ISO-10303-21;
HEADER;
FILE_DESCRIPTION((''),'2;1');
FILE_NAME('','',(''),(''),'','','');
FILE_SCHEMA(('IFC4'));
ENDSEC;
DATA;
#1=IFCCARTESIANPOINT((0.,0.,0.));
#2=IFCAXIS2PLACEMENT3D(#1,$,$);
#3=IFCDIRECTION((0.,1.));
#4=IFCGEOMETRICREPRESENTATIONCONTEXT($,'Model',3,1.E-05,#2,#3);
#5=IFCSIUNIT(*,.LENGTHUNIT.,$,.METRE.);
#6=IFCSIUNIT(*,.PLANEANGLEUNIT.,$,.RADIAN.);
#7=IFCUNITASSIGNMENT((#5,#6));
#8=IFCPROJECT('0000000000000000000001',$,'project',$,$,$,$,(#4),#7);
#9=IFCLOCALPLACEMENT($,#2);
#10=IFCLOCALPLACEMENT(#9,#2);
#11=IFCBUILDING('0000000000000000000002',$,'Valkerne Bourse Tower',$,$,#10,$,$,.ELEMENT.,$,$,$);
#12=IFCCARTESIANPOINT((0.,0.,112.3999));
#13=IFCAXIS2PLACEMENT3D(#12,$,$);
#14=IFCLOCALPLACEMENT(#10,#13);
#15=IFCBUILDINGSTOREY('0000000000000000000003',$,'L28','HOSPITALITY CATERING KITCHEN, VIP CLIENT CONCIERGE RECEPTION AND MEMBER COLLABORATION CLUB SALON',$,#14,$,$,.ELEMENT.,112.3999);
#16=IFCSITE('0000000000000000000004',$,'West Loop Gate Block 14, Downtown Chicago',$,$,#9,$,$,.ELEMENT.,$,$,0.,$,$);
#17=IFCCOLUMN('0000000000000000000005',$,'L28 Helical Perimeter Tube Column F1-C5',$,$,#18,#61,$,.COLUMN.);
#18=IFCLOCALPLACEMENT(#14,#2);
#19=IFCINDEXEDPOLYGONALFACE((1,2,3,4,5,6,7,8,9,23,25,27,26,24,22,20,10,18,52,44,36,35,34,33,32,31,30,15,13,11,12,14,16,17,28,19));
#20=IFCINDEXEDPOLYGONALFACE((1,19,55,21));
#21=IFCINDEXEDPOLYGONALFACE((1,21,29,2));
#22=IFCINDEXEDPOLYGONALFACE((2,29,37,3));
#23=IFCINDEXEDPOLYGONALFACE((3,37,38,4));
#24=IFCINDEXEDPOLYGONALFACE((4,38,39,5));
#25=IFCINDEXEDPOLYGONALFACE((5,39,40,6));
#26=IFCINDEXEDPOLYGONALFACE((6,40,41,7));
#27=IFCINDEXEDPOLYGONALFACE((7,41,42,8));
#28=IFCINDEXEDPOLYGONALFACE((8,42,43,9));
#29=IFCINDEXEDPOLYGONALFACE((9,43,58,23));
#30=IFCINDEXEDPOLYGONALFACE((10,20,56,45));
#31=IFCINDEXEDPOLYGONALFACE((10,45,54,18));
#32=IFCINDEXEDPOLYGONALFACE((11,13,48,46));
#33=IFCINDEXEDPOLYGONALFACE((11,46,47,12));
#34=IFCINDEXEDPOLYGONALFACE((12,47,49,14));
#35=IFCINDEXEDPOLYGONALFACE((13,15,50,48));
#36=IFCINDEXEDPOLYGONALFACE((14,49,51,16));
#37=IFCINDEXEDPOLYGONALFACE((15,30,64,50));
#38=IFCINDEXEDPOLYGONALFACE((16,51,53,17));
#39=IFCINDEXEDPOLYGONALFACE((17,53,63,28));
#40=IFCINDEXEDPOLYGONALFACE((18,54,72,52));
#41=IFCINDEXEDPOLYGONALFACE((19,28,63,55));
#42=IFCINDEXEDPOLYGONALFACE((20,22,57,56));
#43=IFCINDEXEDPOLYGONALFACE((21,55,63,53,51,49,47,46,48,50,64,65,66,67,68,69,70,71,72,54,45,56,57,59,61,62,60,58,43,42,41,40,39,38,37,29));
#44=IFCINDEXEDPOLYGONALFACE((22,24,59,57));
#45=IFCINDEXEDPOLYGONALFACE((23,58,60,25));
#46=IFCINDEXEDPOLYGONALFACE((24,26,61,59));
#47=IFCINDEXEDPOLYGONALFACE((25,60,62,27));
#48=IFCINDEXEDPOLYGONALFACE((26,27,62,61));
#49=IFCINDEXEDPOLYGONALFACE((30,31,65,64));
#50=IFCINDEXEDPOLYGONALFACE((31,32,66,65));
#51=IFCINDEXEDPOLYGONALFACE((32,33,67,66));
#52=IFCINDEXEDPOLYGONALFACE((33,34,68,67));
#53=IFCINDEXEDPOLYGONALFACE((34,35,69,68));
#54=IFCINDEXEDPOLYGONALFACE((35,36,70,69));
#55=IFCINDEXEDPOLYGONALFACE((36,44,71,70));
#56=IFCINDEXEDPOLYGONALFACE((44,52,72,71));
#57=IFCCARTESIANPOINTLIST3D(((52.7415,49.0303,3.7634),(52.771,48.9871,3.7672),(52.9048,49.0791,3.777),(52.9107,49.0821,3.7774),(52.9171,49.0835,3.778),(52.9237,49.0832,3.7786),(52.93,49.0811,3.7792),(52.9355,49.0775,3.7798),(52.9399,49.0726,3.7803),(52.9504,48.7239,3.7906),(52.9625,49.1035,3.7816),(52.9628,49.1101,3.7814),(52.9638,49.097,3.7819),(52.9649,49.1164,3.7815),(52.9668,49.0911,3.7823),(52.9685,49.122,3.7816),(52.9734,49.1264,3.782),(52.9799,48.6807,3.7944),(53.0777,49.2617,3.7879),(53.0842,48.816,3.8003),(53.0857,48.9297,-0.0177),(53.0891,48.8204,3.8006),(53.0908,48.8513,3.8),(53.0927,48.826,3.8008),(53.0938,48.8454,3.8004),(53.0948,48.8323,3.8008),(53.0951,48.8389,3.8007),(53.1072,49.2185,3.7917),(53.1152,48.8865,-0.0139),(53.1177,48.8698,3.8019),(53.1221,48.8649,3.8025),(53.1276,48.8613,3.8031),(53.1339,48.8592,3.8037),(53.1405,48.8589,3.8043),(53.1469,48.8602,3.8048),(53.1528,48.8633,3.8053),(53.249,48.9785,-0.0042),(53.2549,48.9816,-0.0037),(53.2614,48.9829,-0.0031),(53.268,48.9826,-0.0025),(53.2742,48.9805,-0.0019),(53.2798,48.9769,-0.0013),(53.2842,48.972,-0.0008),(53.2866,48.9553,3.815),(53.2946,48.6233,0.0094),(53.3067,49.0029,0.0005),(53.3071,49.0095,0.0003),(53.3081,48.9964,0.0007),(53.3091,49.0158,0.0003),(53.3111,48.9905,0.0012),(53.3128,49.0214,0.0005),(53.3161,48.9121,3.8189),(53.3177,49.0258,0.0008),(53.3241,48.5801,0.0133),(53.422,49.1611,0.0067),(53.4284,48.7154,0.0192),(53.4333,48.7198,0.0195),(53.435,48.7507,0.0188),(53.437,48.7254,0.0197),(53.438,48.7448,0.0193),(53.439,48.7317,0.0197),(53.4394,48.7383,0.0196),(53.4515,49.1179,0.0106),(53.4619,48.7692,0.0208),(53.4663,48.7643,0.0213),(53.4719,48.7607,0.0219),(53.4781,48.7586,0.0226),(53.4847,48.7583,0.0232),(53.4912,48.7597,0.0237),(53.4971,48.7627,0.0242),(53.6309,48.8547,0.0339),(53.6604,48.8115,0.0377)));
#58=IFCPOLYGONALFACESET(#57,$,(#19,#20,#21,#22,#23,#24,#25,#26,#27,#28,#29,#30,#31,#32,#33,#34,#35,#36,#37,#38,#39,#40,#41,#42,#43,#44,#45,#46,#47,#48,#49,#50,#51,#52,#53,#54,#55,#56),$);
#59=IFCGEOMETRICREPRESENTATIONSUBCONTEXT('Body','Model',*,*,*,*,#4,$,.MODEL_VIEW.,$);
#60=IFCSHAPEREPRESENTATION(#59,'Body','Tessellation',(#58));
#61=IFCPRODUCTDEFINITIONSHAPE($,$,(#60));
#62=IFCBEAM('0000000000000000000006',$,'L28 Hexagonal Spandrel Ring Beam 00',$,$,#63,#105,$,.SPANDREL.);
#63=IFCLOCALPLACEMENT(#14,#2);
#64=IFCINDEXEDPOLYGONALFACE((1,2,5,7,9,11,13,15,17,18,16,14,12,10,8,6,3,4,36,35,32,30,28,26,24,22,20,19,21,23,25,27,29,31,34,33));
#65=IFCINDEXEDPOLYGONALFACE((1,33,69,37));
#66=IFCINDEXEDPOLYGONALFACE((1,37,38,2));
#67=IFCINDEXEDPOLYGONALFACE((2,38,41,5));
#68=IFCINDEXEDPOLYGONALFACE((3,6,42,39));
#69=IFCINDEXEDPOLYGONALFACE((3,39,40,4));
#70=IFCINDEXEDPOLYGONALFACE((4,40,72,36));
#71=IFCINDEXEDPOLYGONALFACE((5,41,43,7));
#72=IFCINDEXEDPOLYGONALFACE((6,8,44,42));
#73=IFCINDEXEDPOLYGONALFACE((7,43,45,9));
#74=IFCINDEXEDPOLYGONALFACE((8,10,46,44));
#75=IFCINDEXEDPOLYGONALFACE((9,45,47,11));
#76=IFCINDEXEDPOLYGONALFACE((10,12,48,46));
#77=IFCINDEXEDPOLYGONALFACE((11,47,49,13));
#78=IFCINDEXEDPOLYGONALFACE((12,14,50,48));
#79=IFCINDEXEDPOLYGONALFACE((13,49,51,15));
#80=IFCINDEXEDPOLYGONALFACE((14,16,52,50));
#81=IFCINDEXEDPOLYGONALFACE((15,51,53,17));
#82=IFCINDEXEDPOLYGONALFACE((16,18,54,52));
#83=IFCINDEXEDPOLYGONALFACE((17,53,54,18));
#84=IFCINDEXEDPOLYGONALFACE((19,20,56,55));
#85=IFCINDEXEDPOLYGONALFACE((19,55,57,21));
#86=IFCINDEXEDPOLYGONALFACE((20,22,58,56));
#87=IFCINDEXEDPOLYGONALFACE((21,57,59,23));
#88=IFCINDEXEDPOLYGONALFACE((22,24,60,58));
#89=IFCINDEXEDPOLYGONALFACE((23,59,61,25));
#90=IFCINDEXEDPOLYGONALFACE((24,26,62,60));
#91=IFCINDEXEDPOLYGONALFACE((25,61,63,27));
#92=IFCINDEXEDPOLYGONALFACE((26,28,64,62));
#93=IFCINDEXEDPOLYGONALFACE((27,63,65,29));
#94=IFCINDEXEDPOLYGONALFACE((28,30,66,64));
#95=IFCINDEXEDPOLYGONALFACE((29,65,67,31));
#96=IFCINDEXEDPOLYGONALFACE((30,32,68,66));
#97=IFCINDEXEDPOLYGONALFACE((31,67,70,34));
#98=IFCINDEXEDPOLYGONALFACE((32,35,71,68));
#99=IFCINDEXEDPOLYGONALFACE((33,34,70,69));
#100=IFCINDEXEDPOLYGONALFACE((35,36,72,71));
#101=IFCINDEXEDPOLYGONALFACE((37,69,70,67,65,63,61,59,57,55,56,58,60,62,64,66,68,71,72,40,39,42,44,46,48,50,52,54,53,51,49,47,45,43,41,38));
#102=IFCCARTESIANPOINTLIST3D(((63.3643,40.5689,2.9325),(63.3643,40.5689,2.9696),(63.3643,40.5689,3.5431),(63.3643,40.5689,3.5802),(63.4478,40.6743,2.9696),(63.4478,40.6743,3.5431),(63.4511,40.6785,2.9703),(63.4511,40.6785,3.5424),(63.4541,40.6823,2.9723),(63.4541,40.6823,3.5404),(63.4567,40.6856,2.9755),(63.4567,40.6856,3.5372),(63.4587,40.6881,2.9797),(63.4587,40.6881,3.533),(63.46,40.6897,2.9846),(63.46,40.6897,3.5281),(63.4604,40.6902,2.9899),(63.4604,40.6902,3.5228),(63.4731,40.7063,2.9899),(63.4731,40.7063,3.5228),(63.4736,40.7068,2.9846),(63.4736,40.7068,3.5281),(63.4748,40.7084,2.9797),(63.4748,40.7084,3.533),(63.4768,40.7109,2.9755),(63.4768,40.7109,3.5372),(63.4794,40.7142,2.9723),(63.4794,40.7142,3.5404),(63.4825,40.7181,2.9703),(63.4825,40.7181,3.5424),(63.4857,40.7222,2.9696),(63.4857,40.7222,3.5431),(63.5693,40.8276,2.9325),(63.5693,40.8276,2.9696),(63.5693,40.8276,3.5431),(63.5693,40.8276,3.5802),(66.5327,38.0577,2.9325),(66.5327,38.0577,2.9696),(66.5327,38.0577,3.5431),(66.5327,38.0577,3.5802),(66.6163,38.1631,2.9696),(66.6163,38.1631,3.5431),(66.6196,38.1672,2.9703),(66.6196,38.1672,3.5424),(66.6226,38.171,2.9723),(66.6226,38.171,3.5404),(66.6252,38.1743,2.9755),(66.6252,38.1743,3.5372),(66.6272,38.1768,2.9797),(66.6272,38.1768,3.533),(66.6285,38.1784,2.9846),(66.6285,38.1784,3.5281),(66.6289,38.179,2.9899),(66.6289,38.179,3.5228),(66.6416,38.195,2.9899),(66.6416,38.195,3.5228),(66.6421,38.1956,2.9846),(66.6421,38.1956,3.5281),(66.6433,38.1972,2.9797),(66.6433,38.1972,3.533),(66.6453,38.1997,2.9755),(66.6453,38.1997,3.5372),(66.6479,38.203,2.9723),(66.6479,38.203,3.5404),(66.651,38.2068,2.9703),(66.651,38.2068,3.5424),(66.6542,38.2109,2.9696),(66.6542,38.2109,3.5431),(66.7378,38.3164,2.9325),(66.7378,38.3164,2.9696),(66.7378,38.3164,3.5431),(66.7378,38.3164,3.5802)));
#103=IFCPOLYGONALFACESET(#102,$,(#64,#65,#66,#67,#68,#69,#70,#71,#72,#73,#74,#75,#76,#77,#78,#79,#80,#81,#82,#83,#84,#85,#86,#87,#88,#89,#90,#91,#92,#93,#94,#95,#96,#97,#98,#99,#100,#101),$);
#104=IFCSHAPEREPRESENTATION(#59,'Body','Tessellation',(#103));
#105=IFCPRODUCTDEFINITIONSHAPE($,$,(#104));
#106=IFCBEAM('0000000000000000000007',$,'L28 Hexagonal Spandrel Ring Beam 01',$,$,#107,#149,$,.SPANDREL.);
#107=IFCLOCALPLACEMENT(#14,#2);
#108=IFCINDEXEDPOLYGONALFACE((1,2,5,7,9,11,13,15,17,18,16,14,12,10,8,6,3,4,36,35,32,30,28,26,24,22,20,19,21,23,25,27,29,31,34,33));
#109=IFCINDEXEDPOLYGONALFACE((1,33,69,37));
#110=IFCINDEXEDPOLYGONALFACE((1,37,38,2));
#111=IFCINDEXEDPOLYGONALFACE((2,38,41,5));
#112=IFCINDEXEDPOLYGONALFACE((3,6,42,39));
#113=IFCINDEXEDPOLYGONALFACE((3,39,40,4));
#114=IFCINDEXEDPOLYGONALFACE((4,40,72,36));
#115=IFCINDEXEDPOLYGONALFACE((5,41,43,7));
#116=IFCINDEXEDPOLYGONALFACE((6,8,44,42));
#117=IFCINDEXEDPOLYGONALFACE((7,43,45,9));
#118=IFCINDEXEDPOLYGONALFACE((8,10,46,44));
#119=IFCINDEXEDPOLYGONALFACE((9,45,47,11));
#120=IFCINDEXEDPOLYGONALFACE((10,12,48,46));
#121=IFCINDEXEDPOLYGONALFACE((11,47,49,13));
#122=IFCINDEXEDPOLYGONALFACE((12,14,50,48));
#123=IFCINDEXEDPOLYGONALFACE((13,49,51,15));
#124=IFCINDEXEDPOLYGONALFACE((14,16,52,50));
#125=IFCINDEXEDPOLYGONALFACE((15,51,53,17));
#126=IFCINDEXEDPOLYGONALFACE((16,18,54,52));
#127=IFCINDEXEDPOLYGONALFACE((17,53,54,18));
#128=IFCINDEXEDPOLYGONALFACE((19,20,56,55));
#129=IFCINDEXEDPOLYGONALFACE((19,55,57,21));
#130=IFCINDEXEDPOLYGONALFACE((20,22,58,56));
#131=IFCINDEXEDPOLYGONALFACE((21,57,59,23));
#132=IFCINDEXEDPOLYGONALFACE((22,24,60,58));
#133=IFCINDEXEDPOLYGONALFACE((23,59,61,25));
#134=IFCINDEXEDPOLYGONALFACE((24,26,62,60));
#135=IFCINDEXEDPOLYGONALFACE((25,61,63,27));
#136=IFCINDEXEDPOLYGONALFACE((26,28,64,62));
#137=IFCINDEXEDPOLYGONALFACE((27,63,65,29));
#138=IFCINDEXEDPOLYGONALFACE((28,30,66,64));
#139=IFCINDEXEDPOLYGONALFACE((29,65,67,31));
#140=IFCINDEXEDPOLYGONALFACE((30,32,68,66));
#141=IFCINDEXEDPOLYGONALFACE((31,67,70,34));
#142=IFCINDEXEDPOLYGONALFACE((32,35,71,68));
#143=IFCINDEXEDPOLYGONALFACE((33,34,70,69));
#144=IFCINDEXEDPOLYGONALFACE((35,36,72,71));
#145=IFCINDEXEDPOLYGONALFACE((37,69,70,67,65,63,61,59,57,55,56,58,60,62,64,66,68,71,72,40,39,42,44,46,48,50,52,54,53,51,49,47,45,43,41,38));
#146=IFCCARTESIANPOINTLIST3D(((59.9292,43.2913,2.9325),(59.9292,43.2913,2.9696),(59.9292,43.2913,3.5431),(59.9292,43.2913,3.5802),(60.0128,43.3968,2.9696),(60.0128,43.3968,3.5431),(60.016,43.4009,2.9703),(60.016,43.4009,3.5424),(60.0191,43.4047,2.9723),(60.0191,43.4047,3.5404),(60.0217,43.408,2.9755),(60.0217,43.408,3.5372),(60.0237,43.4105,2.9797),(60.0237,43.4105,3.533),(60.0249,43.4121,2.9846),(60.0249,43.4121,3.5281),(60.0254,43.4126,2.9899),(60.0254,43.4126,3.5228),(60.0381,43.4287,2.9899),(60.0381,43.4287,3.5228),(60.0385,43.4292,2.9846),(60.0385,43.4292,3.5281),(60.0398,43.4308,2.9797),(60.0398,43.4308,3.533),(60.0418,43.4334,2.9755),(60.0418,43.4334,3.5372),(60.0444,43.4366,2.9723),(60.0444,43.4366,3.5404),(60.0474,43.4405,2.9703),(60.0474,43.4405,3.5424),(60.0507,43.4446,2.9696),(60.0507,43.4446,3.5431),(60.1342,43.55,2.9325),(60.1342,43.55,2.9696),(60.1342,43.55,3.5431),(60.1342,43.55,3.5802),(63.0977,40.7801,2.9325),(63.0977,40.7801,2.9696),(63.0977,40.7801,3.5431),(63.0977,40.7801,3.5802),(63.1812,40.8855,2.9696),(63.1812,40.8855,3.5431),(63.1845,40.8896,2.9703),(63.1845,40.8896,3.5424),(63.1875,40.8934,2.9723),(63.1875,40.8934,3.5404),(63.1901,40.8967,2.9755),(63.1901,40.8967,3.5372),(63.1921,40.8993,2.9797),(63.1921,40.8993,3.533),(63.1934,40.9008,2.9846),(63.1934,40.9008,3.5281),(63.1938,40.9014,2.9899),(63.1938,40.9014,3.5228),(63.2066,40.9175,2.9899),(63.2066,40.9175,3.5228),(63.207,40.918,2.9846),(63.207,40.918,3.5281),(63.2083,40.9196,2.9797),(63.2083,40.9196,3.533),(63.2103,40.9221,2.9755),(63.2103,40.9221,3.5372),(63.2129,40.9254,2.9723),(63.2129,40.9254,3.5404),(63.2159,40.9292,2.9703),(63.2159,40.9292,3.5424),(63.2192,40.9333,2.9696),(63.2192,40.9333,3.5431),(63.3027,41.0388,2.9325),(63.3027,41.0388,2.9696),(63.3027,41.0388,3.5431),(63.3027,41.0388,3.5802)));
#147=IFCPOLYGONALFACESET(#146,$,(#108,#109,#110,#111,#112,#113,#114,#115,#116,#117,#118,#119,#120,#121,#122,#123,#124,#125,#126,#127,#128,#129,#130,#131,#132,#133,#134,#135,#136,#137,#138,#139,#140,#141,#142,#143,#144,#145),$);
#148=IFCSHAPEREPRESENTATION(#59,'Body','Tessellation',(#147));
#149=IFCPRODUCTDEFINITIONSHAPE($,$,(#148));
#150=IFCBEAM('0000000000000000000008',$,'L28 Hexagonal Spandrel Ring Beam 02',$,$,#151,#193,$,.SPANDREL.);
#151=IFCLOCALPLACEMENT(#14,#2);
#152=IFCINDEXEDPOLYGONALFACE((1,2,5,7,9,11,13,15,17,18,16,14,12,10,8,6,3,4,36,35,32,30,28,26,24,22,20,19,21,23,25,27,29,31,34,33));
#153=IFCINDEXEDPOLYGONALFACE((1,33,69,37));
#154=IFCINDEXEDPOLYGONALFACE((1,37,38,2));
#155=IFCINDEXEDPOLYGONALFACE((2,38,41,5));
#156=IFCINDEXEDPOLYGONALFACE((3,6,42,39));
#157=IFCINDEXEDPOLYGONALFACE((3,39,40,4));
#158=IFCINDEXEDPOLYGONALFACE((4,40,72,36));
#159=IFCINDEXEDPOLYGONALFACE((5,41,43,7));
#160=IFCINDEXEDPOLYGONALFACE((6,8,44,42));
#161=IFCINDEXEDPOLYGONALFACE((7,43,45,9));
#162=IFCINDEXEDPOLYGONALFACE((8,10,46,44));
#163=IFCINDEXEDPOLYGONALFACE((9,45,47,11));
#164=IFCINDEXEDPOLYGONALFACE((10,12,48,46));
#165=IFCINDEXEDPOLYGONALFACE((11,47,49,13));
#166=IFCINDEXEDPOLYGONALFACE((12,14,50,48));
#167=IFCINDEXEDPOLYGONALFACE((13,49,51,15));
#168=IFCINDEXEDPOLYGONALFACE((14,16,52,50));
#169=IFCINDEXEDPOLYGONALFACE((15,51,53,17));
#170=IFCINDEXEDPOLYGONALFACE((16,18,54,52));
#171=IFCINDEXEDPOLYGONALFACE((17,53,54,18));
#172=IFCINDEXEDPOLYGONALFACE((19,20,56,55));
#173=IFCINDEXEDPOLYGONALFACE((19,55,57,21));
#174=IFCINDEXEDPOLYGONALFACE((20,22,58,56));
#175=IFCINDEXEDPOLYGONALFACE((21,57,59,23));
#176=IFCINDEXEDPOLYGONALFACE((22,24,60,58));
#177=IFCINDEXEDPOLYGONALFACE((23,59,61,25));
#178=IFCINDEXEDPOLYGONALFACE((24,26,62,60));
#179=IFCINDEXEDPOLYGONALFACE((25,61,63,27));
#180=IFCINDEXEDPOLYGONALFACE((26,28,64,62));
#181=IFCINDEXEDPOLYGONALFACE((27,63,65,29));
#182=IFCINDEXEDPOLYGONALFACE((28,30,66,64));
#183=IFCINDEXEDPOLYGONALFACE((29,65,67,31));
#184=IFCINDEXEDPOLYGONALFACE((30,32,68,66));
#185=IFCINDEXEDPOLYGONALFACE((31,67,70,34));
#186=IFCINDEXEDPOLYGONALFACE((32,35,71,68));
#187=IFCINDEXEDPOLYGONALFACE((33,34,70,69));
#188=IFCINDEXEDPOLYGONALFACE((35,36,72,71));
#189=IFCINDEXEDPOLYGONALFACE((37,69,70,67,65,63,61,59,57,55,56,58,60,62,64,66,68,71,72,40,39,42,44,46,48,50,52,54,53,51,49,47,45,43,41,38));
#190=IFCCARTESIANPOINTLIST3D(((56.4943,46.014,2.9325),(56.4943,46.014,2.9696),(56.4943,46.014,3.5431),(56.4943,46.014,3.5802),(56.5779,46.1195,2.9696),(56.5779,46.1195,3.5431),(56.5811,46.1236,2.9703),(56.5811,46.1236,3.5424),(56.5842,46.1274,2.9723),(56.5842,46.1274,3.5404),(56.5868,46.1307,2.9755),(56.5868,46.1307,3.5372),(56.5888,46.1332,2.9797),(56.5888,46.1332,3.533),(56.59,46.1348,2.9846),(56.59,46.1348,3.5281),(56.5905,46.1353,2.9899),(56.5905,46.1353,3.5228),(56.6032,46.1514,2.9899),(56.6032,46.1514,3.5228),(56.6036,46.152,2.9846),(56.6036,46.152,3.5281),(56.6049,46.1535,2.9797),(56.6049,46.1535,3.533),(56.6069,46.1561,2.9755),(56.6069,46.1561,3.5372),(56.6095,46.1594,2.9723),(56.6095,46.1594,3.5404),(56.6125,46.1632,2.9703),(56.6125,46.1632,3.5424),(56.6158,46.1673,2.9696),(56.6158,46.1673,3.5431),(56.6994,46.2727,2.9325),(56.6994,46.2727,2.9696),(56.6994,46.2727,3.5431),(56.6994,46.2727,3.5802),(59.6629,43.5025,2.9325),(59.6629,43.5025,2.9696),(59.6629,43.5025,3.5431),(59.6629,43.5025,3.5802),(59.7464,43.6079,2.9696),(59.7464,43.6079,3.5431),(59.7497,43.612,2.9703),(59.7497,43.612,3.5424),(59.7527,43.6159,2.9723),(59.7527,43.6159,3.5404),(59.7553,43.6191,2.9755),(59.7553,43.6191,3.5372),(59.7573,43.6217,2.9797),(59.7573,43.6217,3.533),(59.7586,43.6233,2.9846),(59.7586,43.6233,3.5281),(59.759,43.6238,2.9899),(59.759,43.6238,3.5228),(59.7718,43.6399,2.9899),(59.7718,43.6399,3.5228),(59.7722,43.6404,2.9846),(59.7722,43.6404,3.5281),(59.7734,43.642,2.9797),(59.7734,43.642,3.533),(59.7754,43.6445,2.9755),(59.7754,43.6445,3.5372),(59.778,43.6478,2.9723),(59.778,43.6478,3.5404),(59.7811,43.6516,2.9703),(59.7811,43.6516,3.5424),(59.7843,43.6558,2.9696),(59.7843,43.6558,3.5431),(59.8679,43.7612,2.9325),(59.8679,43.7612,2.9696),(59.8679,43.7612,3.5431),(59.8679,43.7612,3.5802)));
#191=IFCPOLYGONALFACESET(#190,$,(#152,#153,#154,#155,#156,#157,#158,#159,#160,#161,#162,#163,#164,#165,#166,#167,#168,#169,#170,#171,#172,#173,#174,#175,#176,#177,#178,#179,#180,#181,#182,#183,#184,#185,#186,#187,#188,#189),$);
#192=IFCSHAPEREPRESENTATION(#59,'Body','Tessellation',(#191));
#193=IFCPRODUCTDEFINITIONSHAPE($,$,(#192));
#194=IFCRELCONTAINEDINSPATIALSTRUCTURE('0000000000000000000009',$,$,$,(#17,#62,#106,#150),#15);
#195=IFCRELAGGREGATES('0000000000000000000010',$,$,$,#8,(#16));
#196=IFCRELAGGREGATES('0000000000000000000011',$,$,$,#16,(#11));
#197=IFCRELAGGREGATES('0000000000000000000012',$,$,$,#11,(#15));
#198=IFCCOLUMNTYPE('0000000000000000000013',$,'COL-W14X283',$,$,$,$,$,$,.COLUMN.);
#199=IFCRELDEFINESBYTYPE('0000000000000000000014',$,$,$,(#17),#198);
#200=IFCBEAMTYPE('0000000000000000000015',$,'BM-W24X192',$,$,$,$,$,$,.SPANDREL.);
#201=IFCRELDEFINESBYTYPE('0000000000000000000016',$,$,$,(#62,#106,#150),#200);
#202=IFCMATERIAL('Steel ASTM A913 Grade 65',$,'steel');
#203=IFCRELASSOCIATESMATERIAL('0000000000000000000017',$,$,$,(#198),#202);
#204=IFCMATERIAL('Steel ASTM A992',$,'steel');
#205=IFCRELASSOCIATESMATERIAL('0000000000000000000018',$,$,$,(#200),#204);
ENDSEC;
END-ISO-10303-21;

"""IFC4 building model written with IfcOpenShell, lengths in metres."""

from ifc_helpers import new_model, si_unit, direction, frame, origin, origin_2d, place, context, subcontext, project, spatial, i_section, extrude, material, material_profile, profile_set, type_object, element, save


model = new_model("IFC4")

# Units and contexts
model_context = context("Model", 3, precision=1e-05, world=origin(), true_north=direction((0.0, 1.0)))
body_context = subcontext(model_context, "Body", "Model", "MODEL_VIEW")
ifc_project = project(units=[si_unit("LENGTHUNIT", "METRE"), si_unit("PLANEANGLEUNIT", "RADIAN")], contexts=[model_context])

# Site, building, storey
site_placement = place(None, origin())
site = spatial("IfcSite", under=ifc_project, at=site_placement, Name="West Loop Gate Block 14, Downtown Chicago", CompositionType="ELEMENT", RefElevation=0.0)
building_placement = place(site_placement, origin())
building = spatial("IfcBuilding", under=site, at=building_placement, Name="Valkerne Bourse Tower", CompositionType="ELEMENT")
storey_placement = place(building_placement, frame((0.0, 0.0, 112.3999)))
storey = spatial("IfcBuildingStorey", under=building, at=storey_placement, Name="L28", Description="HOSPITALITY CATERING KITCHEN, VIP CLIENT CONCIERGE RECEPTION AND MEMBER COLLABORATION CLUB SALON", CompositionType="ELEMENT", Elevation=112.3999)

# Column
ifc_material_1 = material(Name="Steel ASTM A913 Grade 65", Category="steel")
ifc_material_profile_1 = material_profile(ifc_material_1, i_section(OverallWidth=0.4089, OverallDepth=0.4243, WebThickness=0.0327, FlangeThickness=0.0525, FilletRadius=0.0254, at=origin_2d()), Name="W14X283")
ifc_profile_set_1 = profile_set([ifc_material_profile_1], Name="Steel ASTM A913 Grade 65")
column_type = type_object("IfcColumnType", Name="COL-W14X283", PredefinedType="COLUMN", material=ifc_profile_set_1)
column_1_placement = place(storey_placement, frame((53.373, 48.8706, 0.01), z_axis=(-0.090637, 0.026484, 0.995532), x_axis=(0.822281, 0.565929, 0.059808)))
element("IfcColumn", 1, at=column_1_placement, inside=storey, type_object=column_type, Name="L28 Helical Perimeter Tube Column F1-C5", PredefinedType="COLUMN", context=body_context, shape_type="SweptSolid", body=[
    extrude(i_section(OverallWidth=0.4089, OverallDepth=0.4243, WebThickness=0.0327, FlangeThickness=0.0525, FilletRadius=0.0254, at=origin_2d()), origin(), (0.0, 0.0, 1.0), 3.7981),
])

# Beams
ifc_material_2 = material(Name="Steel ASTM A992", Category="steel")
ifc_material_profile_2 = material_profile(ifc_material_2, i_section(OverallWidth=0.3301, OverallDepth=0.6477, WebThickness=0.0205, FlangeThickness=0.0371, FilletRadius=0.0203, at=origin_2d()), Name="W24X192")
ifc_profile_set_2 = profile_set([ifc_material_profile_2], Name="Steel ASTM A992")
beam_type = type_object("IfcBeamType", Name="BM-W24X192", PredefinedType="SPANDREL", material=ifc_profile_set_2)
for number, where, z_axis, x_axis, name in (
    (2, (66.6353, 38.187, 3.2563), (-0.7837, 0.621139, 0.0), (-0.621139, -0.7837, 0.0), "L28 Hexagonal Spandrel Ring Beam 00"),
    (3, (63.2002, 40.9094, 3.2563), (-0.7837, 0.621139, 0.0), (-0.621139, -0.7837, 0.0), "L28 Hexagonal Spandrel Ring Beam 01"),
):
    element("IfcBeam", number, at=place(storey_placement, frame(where, z_axis=z_axis, x_axis=x_axis)), inside=storey, type_object=beam_type, Name=name, PredefinedType="SPANDREL", context=body_context, shape_type="SweptSolid", body=[
        extrude(i_section(OverallWidth=0.3301, OverallDepth=0.6477, WebThickness=0.0205, FlangeThickness=0.0371, FilletRadius=0.0203, at=origin_2d()), origin(), (0.0, 0.0, 1.0), 4.043),
    ])
for number, where, z_axis, x_axis, name in (
    (4, (59.7654, 43.6318, 3.2563), (-0.783671, 0.621176, 0.0), (-0.621176, -0.783671, 0.0), "L28 Hexagonal Spandrel Ring Beam 02"),
):
    element("IfcBeam", number, at=place(storey_placement, frame(where, z_axis=z_axis, x_axis=x_axis)), inside=storey, type_object=beam_type, Name=name, PredefinedType="SPANDREL", context=body_context, shape_type="SweptSolid", body=[
        extrude(i_section(OverallWidth=0.3301, OverallDepth=0.6477, WebThickness=0.0205, FlangeThickness=0.0371, FilletRadius=0.0203, at=origin_2d()), origin(), (0.0, 0.0, 1.0), 4.0432),
    ])

save(model, "model.ifc")
